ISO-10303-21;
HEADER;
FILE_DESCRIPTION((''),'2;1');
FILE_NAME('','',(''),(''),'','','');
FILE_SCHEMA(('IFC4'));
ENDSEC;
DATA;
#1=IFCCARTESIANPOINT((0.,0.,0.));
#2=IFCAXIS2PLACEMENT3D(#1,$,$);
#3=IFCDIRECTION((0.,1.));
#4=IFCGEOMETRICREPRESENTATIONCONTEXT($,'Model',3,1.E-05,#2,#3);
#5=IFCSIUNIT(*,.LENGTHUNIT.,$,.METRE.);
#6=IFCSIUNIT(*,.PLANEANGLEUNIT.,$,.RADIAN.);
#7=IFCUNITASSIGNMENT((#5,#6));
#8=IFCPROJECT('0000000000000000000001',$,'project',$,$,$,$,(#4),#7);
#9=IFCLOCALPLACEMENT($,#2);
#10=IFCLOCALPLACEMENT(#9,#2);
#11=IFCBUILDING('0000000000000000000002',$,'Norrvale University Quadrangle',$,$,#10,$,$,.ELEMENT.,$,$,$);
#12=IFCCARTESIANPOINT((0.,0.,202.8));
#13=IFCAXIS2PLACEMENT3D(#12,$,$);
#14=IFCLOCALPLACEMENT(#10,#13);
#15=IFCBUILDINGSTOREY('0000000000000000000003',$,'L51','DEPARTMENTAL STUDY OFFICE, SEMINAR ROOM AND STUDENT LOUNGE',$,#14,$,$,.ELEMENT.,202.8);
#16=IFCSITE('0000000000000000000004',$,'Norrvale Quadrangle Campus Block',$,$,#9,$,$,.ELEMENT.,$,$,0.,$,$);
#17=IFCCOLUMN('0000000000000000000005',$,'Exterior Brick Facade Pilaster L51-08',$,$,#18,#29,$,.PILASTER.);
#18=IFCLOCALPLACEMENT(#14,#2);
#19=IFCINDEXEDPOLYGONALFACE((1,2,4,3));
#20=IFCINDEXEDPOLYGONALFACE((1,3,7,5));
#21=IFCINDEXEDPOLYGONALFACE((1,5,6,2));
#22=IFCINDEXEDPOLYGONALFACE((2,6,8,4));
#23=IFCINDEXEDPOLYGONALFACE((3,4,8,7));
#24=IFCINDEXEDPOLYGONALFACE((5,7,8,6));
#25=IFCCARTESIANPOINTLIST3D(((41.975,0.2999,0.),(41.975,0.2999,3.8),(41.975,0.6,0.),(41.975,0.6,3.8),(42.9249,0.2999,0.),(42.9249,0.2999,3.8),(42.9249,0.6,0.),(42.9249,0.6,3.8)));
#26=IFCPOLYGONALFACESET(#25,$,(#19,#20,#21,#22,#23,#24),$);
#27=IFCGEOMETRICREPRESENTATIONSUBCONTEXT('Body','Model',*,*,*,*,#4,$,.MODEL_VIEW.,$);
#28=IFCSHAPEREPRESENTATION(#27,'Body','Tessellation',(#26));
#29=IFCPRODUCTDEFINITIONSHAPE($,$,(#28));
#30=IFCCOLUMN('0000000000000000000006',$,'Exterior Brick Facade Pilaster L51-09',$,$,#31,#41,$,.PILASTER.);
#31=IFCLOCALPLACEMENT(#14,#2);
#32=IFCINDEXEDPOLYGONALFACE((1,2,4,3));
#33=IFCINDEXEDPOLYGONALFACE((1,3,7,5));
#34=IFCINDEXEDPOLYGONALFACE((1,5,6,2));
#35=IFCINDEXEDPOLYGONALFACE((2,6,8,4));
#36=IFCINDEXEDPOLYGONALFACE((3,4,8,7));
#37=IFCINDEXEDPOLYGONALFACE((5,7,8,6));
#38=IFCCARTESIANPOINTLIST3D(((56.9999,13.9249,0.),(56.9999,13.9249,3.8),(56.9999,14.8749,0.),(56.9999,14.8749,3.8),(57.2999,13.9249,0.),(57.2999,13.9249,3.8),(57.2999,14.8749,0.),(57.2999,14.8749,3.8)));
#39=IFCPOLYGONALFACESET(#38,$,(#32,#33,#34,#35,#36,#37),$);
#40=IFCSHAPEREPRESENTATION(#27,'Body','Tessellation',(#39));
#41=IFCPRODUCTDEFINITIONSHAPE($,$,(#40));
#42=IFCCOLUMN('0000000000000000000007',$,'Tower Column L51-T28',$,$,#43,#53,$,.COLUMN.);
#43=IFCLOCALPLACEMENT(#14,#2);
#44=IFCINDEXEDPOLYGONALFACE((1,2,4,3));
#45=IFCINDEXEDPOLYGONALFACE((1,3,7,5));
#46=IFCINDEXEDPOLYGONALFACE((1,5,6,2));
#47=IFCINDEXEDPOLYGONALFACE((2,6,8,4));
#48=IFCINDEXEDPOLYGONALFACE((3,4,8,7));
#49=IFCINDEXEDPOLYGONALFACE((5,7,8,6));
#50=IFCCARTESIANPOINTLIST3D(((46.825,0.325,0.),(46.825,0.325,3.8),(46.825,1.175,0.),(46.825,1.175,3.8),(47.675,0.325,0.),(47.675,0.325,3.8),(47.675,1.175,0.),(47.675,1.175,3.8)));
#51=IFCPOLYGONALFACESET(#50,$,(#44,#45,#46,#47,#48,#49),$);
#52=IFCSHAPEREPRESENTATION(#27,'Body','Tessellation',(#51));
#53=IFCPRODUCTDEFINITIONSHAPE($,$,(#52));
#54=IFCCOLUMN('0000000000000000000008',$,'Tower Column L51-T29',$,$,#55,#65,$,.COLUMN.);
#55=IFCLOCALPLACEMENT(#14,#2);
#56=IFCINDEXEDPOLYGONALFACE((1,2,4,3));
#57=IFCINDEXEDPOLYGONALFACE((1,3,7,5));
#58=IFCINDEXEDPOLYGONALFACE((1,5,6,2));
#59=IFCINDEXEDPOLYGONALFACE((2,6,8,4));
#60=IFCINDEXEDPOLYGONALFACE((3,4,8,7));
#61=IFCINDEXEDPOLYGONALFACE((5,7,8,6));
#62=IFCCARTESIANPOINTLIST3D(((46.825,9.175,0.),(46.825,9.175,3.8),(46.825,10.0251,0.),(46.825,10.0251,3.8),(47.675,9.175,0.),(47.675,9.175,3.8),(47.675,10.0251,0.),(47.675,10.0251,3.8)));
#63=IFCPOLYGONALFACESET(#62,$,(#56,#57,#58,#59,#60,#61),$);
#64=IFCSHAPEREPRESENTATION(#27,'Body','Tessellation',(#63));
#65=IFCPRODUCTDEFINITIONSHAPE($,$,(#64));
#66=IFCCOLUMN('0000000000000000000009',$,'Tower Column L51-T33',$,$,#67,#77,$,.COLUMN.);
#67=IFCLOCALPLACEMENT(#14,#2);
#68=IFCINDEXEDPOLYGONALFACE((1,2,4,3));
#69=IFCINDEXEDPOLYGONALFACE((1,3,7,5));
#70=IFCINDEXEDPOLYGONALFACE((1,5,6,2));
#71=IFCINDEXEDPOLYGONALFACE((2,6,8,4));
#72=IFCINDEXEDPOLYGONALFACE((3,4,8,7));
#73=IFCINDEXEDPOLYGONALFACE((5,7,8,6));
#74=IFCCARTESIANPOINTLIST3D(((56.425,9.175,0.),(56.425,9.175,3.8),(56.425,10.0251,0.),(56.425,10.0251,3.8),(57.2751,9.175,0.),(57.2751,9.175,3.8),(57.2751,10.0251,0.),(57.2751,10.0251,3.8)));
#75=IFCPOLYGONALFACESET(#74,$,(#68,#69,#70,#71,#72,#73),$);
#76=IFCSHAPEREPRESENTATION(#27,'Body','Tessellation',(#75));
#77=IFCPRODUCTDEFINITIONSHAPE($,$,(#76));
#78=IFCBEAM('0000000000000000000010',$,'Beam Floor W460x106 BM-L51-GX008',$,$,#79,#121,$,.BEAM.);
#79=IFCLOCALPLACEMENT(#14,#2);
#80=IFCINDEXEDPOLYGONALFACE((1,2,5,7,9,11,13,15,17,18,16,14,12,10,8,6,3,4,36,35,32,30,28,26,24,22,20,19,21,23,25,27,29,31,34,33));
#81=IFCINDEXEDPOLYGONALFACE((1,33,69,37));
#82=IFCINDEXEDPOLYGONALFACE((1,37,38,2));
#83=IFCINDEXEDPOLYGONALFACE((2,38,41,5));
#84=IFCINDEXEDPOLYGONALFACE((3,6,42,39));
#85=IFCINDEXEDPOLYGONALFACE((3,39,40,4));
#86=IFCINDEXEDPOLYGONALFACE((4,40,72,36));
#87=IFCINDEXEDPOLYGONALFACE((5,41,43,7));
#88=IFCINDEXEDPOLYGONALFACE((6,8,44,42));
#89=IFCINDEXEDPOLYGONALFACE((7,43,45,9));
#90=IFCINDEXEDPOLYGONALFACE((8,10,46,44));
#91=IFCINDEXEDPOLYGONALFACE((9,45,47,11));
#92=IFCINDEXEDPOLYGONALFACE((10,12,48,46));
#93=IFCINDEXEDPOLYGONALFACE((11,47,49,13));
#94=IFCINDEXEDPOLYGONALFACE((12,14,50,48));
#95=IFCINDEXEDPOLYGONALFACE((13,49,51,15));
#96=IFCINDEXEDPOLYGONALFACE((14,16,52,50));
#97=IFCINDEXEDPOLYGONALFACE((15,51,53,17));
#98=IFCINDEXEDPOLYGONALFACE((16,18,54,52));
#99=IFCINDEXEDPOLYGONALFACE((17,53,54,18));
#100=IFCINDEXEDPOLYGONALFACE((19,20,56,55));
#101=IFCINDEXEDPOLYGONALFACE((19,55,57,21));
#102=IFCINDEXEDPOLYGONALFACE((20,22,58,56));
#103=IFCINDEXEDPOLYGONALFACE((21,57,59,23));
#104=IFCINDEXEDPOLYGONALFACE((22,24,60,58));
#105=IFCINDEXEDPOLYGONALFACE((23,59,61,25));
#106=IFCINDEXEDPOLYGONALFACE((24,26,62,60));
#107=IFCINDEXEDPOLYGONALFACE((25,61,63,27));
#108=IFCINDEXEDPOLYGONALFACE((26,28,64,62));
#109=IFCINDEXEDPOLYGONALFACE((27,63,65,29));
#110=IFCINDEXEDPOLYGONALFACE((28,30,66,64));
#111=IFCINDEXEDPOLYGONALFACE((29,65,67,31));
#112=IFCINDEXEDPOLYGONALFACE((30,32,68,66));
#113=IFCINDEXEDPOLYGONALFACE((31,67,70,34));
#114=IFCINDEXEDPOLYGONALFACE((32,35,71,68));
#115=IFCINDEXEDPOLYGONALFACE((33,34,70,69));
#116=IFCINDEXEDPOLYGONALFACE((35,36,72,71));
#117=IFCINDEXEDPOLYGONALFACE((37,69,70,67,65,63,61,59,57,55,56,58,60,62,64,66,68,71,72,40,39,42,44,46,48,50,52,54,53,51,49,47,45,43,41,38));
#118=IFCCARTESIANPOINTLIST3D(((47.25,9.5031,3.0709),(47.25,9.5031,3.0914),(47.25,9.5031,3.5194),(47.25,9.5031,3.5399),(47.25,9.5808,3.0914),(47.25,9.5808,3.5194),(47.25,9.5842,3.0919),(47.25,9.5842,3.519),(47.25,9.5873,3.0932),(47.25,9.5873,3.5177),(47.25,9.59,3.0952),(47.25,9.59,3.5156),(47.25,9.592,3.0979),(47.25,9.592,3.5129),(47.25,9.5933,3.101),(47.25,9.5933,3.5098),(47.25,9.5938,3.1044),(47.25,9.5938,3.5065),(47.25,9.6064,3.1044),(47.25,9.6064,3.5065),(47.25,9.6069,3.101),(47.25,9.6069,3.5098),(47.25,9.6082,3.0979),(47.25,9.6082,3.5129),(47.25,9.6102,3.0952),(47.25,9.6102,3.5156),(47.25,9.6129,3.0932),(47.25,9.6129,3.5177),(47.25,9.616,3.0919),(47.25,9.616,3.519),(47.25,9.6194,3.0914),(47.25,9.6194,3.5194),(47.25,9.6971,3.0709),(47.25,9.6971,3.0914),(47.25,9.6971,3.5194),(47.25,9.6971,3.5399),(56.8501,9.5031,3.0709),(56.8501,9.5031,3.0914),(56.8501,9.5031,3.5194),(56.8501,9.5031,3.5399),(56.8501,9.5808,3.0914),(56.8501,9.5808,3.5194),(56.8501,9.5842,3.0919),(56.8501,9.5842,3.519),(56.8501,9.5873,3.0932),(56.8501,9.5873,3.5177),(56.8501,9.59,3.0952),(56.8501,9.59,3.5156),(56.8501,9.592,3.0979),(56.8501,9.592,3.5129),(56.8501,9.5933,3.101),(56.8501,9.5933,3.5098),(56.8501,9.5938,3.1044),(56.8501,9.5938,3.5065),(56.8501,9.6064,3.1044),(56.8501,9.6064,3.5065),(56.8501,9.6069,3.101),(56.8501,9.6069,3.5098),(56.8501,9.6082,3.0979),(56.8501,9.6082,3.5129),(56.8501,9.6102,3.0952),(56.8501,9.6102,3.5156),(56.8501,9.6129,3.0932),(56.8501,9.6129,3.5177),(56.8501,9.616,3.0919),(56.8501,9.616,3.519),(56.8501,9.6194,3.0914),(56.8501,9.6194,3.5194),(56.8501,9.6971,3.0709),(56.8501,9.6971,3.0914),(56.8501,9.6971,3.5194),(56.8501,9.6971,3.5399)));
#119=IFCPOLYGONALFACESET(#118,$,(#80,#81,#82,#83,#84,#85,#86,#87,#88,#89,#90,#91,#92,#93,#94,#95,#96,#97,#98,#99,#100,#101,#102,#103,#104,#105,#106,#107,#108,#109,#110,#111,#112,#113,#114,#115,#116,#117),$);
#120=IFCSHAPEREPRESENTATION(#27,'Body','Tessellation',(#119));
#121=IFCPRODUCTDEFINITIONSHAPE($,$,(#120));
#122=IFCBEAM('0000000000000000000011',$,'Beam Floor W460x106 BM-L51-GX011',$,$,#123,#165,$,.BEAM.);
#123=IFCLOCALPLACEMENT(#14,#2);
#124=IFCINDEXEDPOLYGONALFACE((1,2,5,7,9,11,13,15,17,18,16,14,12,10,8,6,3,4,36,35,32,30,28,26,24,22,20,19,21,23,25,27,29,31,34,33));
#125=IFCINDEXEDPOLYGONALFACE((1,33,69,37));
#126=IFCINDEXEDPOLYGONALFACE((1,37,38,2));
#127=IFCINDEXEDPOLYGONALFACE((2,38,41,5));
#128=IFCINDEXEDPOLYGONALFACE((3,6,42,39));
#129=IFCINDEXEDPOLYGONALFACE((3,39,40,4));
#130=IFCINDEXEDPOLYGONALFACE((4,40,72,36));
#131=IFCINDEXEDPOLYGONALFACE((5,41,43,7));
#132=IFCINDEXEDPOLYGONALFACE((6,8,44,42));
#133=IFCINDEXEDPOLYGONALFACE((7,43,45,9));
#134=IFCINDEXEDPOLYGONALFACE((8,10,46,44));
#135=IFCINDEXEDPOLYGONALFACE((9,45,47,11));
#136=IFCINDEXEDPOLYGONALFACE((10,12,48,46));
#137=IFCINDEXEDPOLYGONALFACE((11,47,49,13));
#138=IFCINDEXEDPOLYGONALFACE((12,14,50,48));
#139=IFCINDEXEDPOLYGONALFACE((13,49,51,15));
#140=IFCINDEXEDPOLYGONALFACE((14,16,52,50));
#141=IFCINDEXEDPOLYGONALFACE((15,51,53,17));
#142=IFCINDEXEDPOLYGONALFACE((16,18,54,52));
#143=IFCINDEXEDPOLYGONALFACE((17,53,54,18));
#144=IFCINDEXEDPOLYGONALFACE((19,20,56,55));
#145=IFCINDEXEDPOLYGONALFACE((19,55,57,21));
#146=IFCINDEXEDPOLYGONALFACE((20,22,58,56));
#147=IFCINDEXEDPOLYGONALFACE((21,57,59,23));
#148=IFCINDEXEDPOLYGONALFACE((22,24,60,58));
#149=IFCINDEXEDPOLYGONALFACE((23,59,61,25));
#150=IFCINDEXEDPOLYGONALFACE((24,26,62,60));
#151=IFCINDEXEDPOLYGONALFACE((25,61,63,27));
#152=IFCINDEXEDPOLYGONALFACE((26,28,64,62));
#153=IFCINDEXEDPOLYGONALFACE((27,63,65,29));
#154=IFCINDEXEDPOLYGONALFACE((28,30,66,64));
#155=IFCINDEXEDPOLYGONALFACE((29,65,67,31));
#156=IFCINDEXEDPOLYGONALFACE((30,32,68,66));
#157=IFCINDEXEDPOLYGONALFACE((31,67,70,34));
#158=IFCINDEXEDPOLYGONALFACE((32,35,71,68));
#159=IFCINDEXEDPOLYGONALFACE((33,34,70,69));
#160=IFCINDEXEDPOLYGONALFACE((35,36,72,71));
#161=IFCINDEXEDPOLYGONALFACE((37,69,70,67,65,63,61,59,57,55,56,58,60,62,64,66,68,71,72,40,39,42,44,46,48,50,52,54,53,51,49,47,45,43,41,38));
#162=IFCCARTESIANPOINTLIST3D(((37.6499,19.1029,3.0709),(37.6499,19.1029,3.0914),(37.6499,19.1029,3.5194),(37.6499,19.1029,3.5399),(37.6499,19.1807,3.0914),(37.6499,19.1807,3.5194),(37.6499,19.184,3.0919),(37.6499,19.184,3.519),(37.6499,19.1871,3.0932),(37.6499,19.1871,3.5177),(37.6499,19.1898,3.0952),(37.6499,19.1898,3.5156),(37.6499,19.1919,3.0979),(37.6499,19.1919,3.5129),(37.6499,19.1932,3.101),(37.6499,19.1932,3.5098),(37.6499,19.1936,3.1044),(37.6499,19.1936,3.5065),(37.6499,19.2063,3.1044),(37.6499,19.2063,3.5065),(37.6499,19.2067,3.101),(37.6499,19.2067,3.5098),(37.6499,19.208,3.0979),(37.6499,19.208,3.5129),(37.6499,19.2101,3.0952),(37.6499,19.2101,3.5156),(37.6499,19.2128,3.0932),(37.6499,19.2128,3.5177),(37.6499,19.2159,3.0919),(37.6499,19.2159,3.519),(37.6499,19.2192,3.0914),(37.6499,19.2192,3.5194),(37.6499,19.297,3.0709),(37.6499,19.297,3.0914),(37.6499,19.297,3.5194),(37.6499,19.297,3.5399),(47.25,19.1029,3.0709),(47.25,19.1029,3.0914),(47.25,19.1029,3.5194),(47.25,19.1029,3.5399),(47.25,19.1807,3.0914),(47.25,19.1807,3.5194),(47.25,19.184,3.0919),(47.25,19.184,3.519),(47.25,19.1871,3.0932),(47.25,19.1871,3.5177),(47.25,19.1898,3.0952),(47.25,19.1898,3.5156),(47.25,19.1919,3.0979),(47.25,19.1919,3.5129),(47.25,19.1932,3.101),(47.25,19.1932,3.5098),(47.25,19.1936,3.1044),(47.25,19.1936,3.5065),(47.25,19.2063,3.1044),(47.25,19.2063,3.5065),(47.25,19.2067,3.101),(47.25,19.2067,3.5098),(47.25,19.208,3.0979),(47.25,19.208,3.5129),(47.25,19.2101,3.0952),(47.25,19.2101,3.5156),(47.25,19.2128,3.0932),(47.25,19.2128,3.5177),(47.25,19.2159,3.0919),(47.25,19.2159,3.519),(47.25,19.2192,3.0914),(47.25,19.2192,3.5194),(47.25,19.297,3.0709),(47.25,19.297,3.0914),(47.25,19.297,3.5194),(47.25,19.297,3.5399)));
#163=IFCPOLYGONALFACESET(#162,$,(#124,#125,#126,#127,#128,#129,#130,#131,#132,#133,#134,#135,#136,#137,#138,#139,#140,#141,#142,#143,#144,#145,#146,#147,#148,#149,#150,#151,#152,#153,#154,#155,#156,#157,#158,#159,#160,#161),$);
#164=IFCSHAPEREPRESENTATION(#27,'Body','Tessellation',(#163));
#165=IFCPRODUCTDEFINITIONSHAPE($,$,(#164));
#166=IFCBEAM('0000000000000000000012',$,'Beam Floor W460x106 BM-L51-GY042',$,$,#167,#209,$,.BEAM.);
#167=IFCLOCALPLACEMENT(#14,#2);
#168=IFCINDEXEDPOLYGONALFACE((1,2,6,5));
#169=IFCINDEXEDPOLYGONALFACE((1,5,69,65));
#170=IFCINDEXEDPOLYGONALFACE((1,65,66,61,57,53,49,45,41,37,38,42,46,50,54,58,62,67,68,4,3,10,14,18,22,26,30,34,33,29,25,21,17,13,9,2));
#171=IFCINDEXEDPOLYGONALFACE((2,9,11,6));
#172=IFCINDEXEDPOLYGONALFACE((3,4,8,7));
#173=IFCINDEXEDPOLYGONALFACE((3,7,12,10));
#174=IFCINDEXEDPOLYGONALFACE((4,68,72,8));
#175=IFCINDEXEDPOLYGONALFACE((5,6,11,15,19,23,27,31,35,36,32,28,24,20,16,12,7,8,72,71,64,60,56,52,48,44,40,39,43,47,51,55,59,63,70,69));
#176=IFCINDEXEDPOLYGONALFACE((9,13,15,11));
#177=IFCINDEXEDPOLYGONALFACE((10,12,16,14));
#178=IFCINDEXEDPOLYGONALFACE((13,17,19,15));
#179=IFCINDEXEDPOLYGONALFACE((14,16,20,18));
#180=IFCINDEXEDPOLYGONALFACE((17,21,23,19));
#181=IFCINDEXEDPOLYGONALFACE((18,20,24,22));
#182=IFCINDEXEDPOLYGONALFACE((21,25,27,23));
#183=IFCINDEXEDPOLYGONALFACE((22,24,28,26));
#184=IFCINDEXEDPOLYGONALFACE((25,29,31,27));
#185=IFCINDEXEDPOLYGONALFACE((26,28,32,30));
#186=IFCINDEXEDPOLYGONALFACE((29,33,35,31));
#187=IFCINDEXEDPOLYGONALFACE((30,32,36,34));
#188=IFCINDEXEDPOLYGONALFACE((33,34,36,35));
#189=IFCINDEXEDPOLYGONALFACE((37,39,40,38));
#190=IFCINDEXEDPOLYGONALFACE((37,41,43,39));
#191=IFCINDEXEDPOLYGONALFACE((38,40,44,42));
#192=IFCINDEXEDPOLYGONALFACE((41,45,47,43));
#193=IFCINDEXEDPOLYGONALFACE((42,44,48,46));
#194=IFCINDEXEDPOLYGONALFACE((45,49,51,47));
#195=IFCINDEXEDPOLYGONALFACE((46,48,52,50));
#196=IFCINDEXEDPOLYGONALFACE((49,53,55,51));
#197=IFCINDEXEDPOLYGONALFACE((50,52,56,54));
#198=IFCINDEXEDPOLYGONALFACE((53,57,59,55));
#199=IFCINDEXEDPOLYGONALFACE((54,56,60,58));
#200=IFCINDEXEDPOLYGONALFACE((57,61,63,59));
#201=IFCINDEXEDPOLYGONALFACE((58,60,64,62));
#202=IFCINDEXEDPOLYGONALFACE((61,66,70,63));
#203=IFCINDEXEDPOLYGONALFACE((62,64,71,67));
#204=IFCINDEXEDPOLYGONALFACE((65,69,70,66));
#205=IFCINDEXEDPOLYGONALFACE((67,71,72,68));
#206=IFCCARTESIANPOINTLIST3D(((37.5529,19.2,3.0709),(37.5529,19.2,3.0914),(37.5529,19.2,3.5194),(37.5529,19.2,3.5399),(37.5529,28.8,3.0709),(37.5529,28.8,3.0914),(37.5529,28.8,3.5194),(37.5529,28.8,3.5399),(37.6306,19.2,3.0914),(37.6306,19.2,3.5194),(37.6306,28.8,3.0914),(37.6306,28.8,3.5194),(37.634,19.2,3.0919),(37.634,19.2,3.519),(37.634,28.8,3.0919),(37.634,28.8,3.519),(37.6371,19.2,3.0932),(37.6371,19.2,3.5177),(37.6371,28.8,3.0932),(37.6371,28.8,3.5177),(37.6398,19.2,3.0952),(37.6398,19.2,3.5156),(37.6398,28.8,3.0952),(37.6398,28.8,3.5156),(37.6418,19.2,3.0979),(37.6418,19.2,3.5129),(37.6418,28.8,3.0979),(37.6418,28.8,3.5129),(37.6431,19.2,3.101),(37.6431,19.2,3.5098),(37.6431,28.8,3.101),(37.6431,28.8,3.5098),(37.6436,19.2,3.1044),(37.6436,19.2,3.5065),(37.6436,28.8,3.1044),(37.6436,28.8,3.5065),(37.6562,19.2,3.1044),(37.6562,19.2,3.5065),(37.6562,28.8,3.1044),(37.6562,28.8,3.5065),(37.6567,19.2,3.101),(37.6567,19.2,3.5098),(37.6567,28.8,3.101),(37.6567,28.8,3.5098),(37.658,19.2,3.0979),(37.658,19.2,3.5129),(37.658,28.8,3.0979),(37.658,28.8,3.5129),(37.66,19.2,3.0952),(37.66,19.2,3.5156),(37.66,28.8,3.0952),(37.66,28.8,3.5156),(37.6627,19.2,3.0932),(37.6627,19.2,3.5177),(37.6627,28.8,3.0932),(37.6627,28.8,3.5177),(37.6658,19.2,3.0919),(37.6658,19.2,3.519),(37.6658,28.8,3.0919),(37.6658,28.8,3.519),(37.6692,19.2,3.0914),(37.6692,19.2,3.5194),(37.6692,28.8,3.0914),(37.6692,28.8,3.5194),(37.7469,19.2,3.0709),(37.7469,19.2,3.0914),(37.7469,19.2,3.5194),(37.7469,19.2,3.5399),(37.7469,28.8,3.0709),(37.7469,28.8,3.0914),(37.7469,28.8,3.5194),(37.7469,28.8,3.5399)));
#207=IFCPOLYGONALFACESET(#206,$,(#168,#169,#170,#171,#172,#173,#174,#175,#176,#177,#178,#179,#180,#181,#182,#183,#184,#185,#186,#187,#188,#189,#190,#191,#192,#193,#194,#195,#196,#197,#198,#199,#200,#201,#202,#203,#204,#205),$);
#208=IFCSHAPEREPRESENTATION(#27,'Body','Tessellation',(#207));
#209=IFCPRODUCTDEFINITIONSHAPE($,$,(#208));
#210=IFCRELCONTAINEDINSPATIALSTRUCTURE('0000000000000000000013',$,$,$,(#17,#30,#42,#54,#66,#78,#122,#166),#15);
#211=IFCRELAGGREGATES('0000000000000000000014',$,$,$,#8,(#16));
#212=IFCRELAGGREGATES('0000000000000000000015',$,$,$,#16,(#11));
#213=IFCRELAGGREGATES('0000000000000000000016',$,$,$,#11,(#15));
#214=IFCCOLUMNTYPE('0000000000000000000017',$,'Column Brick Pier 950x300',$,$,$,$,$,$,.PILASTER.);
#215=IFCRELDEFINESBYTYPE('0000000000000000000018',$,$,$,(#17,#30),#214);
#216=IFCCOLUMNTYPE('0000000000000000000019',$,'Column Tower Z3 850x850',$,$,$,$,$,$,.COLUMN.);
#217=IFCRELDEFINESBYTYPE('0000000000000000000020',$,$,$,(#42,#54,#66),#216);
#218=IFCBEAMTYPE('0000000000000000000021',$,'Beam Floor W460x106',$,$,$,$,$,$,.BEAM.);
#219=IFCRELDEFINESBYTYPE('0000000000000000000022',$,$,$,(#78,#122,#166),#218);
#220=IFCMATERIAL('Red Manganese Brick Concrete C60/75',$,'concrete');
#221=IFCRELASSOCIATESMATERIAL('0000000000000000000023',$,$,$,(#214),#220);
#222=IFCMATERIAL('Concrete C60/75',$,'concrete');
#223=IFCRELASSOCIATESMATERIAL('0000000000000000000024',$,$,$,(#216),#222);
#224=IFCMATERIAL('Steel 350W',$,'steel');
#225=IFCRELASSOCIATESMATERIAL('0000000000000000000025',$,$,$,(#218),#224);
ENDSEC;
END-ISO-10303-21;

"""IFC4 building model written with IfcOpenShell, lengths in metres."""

from ifc_helpers import new_model, si_unit, direction, frame, origin, origin_2d, place, context, subcontext, project, spatial, rectangle, i_section, extrude, material, material_profile, profile_set, type_object, element, save


model = new_model("IFC4")

# Units and contexts
model_context = context("Model", 3, precision=1e-05, world=origin(), true_north=direction((0.0, 1.0)))
body_context = subcontext(model_context, "Body", "Model", "MODEL_VIEW")
ifc_project = project(units=[si_unit("LENGTHUNIT", "METRE"), si_unit("PLANEANGLEUNIT", "RADIAN")], contexts=[model_context])

# Site, building, storey
site_placement = place(None, origin())
site = spatial("IfcSite", under=ifc_project, at=site_placement, Name="Norrvale Quadrangle Campus Block", CompositionType="ELEMENT", RefElevation=0.0)
building_placement = place(site_placement, origin())
building = spatial("IfcBuilding", under=site, at=building_placement, Name="Norrvale University Quadrangle", CompositionType="ELEMENT")
storey_placement = place(building_placement, frame((0.0, 0.0, 202.8)))
storey = spatial("IfcBuildingStorey", under=building, at=storey_placement, Name="L51", Description="DEPARTMENTAL STUDY OFFICE, SEMINAR ROOM AND STUDENT LOUNGE", CompositionType="ELEMENT", Elevation=202.8)

# Columns
ifc_material_1 = material(Name="Red Manganese Brick Concrete C60/75", Category="concrete")
ifc_material_profile_1 = material_profile(ifc_material_1, rectangle(XDim=0.95, YDim=0.3, at=origin_2d()), Name="Red Manganese Brick Concrete C60/75")
ifc_profile_set_1 = profile_set([ifc_material_profile_1], Name="Red Manganese Brick Concrete C60/75")
column_type_1 = type_object("IfcColumnType", Name="Column Brick Pier 950x300", PredefinedType="PILASTER", material=ifc_profile_set_1)
for number, where, z_axis, x_axis, name in (
    (1, (42.45, 0.45, 0.0), (0.0, 0.0, 1.0), (1.0, 0.0, 0.0), "Exterior Brick Facade Pilaster L51-08"),
    (2, (57.1499, 14.3999, 0.0), (0.0, 0.0, 1.0), (0.0, 1.0, 0.0), "Exterior Brick Facade Pilaster L51-09"),
):
    element("IfcColumn", number, at=place(storey_placement, frame(where, z_axis=z_axis, x_axis=x_axis)), inside=storey, type_object=column_type_1, Name=name, PredefinedType="PILASTER", context=body_context, shape_type="SweptSolid", body=[
        extrude(rectangle(XDim=0.95, YDim=0.3, at=origin_2d()), origin(), (0.0, 0.0, 1.0), 3.8),
    ])
ifc_material_2 = material(Name="Concrete C60/75", Category="concrete")
ifc_material_profile_2 = material_profile(ifc_material_2, rectangle(XDim=0.8501, YDim=0.8501, at=origin_2d()), Name="Concrete C60/75")
ifc_profile_set_2 = profile_set([ifc_material_profile_2], Name="Concrete C60/75")
column_type_2 = type_object("IfcColumnType", Name="Column Tower Z3 850x850", PredefinedType="COLUMN", material=ifc_profile_set_2)
for number, where, z_axis, x_axis, name in (
    (3, (47.25, 0.75, 0.0), (0.0, 0.0, 1.0), (1.0, 0.0, 0.0), "Tower Column L51-T28"),
    (4, (47.25, 9.6001, 0.0), (0.0, 0.0, 1.0), (1.0, 0.0, 0.0), "Tower Column L51-T29"),
    (5, (56.8501, 9.6001, 0.0), (0.0, 0.0, 1.0), (1.0, 0.0, 0.0), "Tower Column L51-T33"),
):
    element("IfcColumn", number, at=place(storey_placement, frame(where, z_axis=z_axis, x_axis=x_axis)), inside=storey, type_object=column_type_2, Name=name, PredefinedType="COLUMN", context=body_context, shape_type="SweptSolid", body=[
        extrude(rectangle(XDim=0.8501, YDim=0.8501, at=origin_2d()), origin(), (0.0, 0.0, 1.0), 3.8),
    ])

# Beams
ifc_material_3 = material(Name="Steel 350W", Category="steel")
ifc_material_profile_3 = material_profile(ifc_material_3, i_section(OverallWidth=0.1941, OverallDepth=0.469, WebThickness=0.0127, FlangeThickness=0.0205, FilletRadius=0.0129, at=origin_2d()), Name="Steel 350W")
ifc_profile_set_3 = profile_set([ifc_material_profile_3], Name="Steel 350W")
beam_type_1 = type_object("IfcBeamType", Name="Beam Floor W460x106", PredefinedType="BEAM", material=ifc_profile_set_3)
for number, where, z_axis, x_axis, name in (
    (6, (47.25, 9.6001, 3.3054), (1.0, 0.0, 0.0), (0.0, 1.0, 0.0), "Beam Floor W460x106 BM-L51-GX008"),
    (7, (37.6499, 19.2, 3.3054), (1.0, 0.0, 0.0), (0.0, 1.0, 0.0), "Beam Floor W460x106 BM-L51-GX011"),
    (8, (37.6499, 19.2, 3.3054), (0.0, 1.0, 0.0), (-1.0, 0.0, 0.0), "Beam Floor W460x106 BM-L51-GY042"),
):
    element("IfcBeam", number, at=place(storey_placement, frame(where, z_axis=z_axis, x_axis=x_axis)), inside=storey, type_object=beam_type_1, Name=name, PredefinedType="BEAM", context=body_context, shape_type="SweptSolid", body=[
        extrude(i_section(OverallWidth=0.1941, OverallDepth=0.469, WebThickness=0.0127, FlangeThickness=0.0205, FilletRadius=0.0129, at=origin_2d()), origin(), (0.0, 0.0, 1.0), 9.6001),
    ])

save(model, "model.ifc")
